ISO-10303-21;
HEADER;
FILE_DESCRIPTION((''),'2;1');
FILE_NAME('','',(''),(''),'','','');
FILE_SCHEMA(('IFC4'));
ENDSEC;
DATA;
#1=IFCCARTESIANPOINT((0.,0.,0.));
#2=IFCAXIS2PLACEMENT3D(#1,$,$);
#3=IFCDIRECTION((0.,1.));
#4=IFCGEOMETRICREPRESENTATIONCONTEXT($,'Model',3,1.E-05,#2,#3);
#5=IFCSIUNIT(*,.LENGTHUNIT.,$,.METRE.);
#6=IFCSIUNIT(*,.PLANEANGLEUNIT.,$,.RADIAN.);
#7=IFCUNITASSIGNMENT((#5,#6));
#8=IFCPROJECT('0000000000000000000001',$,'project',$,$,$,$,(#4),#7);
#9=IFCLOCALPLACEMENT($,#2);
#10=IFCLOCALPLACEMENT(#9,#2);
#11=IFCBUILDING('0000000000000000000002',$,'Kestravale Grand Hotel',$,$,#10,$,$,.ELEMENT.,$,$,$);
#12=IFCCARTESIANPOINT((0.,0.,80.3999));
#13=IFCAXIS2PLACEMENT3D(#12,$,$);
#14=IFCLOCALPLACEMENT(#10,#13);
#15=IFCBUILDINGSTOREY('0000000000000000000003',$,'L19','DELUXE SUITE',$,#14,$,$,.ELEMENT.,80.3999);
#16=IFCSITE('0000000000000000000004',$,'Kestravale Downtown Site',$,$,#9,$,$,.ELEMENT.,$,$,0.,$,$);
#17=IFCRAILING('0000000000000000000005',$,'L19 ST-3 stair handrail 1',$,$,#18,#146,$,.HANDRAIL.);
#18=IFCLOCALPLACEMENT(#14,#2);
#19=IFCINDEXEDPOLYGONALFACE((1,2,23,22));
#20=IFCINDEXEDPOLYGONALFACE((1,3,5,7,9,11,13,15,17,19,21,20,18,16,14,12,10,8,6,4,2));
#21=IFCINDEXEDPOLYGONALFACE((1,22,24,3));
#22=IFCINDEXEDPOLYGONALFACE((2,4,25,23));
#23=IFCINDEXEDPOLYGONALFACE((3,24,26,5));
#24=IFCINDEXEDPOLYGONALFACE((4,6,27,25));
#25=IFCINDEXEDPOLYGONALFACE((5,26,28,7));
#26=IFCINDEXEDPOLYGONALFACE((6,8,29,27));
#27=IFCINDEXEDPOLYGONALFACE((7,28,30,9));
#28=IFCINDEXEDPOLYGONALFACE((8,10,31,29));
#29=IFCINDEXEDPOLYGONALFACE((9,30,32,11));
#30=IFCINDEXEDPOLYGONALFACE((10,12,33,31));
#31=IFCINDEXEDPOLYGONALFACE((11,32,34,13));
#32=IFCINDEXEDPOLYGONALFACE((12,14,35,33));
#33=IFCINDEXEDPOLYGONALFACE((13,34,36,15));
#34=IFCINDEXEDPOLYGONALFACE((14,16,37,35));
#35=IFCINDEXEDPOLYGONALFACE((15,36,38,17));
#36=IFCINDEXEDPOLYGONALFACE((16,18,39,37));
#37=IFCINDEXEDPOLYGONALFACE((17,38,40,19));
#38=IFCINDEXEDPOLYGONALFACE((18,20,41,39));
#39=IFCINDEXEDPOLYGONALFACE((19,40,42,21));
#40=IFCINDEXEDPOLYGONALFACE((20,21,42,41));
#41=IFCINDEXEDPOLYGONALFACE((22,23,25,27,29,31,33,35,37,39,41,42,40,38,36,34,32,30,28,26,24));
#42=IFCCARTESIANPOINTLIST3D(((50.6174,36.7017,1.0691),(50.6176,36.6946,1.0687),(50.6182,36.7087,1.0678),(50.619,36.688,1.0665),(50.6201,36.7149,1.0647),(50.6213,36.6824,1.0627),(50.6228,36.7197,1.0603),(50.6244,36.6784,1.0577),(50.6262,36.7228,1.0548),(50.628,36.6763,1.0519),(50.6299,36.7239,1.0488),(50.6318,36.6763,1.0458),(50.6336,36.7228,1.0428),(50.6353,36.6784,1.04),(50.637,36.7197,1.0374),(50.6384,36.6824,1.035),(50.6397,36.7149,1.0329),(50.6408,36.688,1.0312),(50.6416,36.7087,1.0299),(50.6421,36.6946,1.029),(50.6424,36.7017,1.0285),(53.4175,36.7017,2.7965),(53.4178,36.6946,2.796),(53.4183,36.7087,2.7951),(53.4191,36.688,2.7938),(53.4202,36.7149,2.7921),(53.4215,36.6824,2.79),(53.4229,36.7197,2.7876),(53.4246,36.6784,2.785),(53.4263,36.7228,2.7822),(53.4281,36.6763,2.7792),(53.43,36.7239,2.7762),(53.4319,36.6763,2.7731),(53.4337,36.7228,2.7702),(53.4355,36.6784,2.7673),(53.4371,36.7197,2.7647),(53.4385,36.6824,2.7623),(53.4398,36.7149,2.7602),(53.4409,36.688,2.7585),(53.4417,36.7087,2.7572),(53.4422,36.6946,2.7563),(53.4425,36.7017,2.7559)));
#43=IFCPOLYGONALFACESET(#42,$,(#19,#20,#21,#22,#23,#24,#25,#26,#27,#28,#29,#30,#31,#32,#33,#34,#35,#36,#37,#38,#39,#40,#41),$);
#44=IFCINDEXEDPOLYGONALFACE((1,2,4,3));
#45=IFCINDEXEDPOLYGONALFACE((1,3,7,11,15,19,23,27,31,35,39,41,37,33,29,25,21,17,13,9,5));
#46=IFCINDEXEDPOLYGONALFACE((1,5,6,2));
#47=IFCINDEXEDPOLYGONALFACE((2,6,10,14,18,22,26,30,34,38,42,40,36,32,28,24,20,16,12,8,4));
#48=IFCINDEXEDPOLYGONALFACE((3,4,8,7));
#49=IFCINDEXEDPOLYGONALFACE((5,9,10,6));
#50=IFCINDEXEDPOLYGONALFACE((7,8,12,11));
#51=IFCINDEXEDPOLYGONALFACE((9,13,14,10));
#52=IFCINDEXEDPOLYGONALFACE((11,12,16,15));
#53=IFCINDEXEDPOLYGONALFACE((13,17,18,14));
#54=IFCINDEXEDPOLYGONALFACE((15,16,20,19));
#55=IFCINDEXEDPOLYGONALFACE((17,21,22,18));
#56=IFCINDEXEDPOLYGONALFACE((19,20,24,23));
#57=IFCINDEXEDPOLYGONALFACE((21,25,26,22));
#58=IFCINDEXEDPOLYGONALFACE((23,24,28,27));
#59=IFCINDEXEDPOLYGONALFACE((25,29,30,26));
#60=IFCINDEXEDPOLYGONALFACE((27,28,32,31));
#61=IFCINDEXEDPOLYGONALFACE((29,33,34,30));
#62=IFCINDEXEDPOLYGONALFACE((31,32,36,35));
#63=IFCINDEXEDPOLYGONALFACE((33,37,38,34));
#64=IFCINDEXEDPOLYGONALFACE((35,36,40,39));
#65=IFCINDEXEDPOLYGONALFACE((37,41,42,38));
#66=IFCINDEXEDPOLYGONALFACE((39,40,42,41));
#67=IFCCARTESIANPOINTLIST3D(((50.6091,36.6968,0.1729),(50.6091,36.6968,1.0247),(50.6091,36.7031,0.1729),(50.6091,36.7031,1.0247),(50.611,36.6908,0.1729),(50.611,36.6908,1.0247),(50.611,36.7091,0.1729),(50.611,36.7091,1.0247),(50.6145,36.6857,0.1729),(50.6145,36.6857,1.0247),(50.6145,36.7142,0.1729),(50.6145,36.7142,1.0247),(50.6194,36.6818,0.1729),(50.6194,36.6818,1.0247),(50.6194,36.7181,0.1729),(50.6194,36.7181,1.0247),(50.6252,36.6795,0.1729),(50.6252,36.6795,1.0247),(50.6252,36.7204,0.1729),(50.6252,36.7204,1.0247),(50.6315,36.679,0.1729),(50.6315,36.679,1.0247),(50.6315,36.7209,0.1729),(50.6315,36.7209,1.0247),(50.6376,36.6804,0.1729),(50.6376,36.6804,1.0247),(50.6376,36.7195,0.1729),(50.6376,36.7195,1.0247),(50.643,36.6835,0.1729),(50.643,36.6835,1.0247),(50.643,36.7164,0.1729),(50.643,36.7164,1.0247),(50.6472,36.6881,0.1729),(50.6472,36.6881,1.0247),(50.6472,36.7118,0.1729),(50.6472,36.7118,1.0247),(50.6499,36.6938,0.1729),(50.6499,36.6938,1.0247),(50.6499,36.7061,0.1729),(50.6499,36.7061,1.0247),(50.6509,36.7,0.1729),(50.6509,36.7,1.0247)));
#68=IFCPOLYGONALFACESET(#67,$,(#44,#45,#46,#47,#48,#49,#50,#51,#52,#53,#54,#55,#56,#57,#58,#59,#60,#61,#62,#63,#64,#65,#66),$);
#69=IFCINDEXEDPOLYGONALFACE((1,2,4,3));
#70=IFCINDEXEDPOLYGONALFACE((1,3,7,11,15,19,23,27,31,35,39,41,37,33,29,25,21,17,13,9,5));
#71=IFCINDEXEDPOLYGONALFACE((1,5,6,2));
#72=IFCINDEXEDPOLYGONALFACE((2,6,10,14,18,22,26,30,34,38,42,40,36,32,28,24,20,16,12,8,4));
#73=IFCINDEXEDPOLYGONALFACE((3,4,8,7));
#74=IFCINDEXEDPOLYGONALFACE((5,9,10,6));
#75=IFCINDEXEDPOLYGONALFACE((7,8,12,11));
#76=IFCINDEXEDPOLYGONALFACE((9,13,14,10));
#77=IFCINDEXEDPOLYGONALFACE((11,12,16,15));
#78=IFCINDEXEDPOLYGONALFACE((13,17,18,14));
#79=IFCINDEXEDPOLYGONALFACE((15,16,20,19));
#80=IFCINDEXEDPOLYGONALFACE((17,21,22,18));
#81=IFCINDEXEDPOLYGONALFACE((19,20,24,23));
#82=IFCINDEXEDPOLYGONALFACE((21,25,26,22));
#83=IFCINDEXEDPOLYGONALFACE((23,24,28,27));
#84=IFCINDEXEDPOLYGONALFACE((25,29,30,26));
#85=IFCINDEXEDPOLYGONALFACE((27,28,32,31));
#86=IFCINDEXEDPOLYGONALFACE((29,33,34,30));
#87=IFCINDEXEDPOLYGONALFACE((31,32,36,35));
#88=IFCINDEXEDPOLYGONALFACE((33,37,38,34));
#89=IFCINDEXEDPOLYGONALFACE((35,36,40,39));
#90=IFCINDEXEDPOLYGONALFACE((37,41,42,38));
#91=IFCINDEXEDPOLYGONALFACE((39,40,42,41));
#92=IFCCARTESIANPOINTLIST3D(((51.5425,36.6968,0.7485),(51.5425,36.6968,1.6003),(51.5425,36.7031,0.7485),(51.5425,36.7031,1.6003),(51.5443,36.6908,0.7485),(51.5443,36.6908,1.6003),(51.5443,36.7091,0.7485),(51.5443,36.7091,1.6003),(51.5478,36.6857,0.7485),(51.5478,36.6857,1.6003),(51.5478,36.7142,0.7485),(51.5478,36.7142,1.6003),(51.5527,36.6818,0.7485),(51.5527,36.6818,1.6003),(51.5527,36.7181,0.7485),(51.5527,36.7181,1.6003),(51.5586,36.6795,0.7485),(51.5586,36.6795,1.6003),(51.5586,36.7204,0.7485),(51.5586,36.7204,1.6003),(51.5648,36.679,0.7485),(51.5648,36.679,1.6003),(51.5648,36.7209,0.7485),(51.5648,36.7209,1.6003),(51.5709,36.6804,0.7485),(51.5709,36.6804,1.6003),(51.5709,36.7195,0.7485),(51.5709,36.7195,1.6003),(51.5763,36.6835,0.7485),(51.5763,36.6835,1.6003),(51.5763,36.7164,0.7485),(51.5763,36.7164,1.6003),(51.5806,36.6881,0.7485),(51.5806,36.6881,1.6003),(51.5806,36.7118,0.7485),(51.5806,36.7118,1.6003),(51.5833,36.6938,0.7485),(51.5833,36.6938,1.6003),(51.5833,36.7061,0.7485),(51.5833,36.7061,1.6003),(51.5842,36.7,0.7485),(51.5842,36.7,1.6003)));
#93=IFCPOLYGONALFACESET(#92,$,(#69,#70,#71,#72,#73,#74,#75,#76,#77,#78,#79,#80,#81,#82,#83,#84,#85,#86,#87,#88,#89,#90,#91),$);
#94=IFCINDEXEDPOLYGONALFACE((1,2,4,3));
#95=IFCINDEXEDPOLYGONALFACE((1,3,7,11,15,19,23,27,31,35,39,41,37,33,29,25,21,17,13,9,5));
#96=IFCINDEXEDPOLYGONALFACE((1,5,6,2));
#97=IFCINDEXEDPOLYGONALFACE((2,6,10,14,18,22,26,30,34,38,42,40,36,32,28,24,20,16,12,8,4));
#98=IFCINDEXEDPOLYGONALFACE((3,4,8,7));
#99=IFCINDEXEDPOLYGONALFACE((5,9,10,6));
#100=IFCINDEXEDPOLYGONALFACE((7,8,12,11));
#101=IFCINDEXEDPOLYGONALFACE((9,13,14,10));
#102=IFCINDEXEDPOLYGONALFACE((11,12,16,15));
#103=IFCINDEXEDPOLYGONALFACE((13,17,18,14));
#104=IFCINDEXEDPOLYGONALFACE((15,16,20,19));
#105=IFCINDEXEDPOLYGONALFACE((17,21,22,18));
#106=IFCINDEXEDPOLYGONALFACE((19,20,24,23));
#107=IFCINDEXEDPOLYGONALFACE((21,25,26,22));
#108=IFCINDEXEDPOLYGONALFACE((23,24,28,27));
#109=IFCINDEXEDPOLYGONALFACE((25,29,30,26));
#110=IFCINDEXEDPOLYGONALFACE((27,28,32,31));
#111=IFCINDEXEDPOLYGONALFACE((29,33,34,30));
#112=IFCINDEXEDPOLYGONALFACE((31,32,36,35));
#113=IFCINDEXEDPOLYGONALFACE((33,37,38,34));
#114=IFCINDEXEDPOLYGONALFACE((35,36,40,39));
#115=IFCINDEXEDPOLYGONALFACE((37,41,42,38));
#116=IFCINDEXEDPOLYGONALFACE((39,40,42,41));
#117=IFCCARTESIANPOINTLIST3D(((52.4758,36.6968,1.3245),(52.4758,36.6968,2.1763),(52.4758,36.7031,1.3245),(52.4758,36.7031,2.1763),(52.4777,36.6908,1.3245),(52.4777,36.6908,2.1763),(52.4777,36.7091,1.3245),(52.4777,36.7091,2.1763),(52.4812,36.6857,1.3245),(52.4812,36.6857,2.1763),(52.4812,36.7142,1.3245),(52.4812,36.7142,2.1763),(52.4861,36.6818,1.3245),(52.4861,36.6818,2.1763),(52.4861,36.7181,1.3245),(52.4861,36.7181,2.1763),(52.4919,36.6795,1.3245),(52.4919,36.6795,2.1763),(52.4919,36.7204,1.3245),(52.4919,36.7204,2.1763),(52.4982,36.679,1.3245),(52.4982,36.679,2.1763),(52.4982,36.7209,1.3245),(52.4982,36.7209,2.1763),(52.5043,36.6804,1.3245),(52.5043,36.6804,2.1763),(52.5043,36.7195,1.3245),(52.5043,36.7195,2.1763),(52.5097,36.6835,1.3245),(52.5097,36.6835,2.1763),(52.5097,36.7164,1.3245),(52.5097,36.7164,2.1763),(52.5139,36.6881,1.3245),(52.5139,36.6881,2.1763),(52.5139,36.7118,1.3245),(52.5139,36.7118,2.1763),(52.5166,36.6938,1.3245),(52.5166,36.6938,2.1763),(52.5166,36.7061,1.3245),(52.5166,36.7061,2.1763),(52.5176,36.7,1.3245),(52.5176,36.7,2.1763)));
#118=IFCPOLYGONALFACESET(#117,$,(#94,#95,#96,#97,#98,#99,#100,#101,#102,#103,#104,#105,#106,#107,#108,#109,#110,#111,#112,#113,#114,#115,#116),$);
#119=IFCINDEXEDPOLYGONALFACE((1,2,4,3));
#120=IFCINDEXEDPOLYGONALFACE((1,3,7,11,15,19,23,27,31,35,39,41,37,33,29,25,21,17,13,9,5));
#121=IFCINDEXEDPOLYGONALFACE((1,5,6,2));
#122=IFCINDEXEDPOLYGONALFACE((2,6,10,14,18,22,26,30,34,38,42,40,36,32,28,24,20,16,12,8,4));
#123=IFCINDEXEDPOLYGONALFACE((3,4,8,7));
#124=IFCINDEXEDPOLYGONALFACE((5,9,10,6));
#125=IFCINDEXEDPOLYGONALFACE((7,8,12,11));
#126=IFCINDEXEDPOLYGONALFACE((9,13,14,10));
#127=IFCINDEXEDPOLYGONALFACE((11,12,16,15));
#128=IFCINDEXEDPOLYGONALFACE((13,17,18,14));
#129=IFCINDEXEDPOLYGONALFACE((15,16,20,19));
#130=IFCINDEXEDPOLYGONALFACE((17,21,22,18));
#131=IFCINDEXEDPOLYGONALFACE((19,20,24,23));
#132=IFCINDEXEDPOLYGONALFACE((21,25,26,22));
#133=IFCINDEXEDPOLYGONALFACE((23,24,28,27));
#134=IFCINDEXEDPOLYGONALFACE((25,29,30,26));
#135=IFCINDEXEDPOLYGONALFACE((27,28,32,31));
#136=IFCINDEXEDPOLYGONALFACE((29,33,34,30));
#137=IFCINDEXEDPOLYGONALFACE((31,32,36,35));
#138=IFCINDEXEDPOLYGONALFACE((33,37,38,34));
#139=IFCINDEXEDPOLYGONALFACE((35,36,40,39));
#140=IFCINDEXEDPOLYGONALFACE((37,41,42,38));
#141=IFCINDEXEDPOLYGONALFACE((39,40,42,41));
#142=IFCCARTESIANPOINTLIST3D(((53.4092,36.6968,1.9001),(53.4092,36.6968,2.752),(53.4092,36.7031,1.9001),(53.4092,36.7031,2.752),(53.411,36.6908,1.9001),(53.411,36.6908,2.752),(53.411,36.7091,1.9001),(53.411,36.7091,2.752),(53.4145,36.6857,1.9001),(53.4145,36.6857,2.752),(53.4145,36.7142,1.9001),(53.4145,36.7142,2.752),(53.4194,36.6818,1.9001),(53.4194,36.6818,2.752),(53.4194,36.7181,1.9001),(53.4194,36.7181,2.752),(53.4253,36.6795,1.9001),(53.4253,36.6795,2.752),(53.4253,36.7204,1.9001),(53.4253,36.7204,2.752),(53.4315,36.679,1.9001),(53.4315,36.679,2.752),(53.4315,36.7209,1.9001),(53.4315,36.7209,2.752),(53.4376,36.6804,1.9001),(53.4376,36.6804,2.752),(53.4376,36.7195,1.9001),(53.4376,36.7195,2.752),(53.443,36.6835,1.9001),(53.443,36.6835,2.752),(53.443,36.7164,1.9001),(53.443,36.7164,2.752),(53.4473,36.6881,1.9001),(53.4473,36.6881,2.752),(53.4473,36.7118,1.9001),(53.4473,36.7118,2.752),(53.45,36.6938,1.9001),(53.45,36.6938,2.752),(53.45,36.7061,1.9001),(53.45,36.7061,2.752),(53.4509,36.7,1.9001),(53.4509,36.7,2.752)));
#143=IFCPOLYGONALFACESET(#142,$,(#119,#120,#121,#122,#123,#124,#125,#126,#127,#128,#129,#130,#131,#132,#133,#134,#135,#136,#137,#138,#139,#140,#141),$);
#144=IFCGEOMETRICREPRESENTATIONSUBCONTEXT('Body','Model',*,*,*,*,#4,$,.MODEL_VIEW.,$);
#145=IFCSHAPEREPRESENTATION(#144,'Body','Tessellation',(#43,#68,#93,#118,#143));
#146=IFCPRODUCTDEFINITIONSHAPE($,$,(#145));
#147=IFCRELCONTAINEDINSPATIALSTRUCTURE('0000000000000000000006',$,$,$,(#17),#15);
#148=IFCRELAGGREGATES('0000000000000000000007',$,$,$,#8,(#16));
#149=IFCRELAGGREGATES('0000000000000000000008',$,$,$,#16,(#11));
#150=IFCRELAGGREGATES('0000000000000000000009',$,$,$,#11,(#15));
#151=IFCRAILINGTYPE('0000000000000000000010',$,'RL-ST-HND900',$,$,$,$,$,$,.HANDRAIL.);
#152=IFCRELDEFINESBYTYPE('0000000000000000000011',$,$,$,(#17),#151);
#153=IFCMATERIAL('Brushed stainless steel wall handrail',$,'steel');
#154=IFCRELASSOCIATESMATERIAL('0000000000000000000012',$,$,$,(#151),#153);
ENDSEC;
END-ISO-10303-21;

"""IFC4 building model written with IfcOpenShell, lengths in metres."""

from ifc_helpers import new_model, si_unit, direction, frame, origin, origin_2d, place, context, subcontext, project, spatial, circle, extrude, material, type_object, element, save


model = new_model("IFC4")

# Units and contexts
model_context = context("Model", 3, precision=1e-05, world=origin(), true_north=direction((0.0, 1.0)))
body_context = subcontext(model_context, "Body", "Model", "MODEL_VIEW")
ifc_project = project(units=[si_unit("LENGTHUNIT", "METRE"), si_unit("PLANEANGLEUNIT", "RADIAN")], contexts=[model_context])

# Site, building, storey
site_placement = place(None, origin())
site = spatial("IfcSite", under=ifc_project, at=site_placement, Name="Kestravale Downtown Site", CompositionType="ELEMENT", RefElevation=0.0)
building_placement = place(site_placement, origin())
building = spatial("IfcBuilding", under=site, at=building_placement, Name="Kestravale Grand Hotel", CompositionType="ELEMENT")
storey_placement = place(building_placement, frame((0.0, 0.0, 80.3999)))
storey = spatial("IfcBuildingStorey", under=building, at=storey_placement, Name="L19", Description="DELUXE SUITE", CompositionType="ELEMENT", Elevation=80.3999)

# Railing
ifc_material_1 = material(Name="Brushed stainless steel wall handrail", Category="steel")
railing_type_1 = type_object("IfcRailingType", Name="RL-ST-HND900", PredefinedType="HANDRAIL", material=ifc_material_1)
railing_1_placement = place(storey_placement, frame((50.6299, 36.7, 0.1729)))
element("IfcRailing", 1, at=railing_1_placement, inside=storey, type_object=railing_type_1, Name="L19 ST-3 stair handrail 1", PredefinedType="HANDRAIL", context=body_context, shape_type="SweptSolid", body=[
    extrude(circle(Radius=0.0239, at=origin_2d()), frame((0.0, 0.0, 0.876), z_axis=(0.85109, 0.0, 0.52502), x_axis=(0.0, 1.0, 0.0)), (0.0, 0.0, 1.0), 3.29),
    extrude(circle(Radius=0.021, at=origin_2d()), origin(), (0.0, 0.0, 1.0), 0.8518),
    extrude(circle(Radius=0.021, at=origin_2d()), frame((0.9333, 0.0, 0.5757)), (0.0, 0.0, 1.0), 0.8518),
    extrude(circle(Radius=0.021, at=origin_2d()), frame((1.8667, 0.0, 1.1516)), (0.0, 0.0, 1.0), 0.8518),
    extrude(circle(Radius=0.021, at=origin_2d()), frame((2.8, 0.0, 1.7273)), (0.0, 0.0, 1.0), 0.8518),
])

save(model, "model.ifc")
